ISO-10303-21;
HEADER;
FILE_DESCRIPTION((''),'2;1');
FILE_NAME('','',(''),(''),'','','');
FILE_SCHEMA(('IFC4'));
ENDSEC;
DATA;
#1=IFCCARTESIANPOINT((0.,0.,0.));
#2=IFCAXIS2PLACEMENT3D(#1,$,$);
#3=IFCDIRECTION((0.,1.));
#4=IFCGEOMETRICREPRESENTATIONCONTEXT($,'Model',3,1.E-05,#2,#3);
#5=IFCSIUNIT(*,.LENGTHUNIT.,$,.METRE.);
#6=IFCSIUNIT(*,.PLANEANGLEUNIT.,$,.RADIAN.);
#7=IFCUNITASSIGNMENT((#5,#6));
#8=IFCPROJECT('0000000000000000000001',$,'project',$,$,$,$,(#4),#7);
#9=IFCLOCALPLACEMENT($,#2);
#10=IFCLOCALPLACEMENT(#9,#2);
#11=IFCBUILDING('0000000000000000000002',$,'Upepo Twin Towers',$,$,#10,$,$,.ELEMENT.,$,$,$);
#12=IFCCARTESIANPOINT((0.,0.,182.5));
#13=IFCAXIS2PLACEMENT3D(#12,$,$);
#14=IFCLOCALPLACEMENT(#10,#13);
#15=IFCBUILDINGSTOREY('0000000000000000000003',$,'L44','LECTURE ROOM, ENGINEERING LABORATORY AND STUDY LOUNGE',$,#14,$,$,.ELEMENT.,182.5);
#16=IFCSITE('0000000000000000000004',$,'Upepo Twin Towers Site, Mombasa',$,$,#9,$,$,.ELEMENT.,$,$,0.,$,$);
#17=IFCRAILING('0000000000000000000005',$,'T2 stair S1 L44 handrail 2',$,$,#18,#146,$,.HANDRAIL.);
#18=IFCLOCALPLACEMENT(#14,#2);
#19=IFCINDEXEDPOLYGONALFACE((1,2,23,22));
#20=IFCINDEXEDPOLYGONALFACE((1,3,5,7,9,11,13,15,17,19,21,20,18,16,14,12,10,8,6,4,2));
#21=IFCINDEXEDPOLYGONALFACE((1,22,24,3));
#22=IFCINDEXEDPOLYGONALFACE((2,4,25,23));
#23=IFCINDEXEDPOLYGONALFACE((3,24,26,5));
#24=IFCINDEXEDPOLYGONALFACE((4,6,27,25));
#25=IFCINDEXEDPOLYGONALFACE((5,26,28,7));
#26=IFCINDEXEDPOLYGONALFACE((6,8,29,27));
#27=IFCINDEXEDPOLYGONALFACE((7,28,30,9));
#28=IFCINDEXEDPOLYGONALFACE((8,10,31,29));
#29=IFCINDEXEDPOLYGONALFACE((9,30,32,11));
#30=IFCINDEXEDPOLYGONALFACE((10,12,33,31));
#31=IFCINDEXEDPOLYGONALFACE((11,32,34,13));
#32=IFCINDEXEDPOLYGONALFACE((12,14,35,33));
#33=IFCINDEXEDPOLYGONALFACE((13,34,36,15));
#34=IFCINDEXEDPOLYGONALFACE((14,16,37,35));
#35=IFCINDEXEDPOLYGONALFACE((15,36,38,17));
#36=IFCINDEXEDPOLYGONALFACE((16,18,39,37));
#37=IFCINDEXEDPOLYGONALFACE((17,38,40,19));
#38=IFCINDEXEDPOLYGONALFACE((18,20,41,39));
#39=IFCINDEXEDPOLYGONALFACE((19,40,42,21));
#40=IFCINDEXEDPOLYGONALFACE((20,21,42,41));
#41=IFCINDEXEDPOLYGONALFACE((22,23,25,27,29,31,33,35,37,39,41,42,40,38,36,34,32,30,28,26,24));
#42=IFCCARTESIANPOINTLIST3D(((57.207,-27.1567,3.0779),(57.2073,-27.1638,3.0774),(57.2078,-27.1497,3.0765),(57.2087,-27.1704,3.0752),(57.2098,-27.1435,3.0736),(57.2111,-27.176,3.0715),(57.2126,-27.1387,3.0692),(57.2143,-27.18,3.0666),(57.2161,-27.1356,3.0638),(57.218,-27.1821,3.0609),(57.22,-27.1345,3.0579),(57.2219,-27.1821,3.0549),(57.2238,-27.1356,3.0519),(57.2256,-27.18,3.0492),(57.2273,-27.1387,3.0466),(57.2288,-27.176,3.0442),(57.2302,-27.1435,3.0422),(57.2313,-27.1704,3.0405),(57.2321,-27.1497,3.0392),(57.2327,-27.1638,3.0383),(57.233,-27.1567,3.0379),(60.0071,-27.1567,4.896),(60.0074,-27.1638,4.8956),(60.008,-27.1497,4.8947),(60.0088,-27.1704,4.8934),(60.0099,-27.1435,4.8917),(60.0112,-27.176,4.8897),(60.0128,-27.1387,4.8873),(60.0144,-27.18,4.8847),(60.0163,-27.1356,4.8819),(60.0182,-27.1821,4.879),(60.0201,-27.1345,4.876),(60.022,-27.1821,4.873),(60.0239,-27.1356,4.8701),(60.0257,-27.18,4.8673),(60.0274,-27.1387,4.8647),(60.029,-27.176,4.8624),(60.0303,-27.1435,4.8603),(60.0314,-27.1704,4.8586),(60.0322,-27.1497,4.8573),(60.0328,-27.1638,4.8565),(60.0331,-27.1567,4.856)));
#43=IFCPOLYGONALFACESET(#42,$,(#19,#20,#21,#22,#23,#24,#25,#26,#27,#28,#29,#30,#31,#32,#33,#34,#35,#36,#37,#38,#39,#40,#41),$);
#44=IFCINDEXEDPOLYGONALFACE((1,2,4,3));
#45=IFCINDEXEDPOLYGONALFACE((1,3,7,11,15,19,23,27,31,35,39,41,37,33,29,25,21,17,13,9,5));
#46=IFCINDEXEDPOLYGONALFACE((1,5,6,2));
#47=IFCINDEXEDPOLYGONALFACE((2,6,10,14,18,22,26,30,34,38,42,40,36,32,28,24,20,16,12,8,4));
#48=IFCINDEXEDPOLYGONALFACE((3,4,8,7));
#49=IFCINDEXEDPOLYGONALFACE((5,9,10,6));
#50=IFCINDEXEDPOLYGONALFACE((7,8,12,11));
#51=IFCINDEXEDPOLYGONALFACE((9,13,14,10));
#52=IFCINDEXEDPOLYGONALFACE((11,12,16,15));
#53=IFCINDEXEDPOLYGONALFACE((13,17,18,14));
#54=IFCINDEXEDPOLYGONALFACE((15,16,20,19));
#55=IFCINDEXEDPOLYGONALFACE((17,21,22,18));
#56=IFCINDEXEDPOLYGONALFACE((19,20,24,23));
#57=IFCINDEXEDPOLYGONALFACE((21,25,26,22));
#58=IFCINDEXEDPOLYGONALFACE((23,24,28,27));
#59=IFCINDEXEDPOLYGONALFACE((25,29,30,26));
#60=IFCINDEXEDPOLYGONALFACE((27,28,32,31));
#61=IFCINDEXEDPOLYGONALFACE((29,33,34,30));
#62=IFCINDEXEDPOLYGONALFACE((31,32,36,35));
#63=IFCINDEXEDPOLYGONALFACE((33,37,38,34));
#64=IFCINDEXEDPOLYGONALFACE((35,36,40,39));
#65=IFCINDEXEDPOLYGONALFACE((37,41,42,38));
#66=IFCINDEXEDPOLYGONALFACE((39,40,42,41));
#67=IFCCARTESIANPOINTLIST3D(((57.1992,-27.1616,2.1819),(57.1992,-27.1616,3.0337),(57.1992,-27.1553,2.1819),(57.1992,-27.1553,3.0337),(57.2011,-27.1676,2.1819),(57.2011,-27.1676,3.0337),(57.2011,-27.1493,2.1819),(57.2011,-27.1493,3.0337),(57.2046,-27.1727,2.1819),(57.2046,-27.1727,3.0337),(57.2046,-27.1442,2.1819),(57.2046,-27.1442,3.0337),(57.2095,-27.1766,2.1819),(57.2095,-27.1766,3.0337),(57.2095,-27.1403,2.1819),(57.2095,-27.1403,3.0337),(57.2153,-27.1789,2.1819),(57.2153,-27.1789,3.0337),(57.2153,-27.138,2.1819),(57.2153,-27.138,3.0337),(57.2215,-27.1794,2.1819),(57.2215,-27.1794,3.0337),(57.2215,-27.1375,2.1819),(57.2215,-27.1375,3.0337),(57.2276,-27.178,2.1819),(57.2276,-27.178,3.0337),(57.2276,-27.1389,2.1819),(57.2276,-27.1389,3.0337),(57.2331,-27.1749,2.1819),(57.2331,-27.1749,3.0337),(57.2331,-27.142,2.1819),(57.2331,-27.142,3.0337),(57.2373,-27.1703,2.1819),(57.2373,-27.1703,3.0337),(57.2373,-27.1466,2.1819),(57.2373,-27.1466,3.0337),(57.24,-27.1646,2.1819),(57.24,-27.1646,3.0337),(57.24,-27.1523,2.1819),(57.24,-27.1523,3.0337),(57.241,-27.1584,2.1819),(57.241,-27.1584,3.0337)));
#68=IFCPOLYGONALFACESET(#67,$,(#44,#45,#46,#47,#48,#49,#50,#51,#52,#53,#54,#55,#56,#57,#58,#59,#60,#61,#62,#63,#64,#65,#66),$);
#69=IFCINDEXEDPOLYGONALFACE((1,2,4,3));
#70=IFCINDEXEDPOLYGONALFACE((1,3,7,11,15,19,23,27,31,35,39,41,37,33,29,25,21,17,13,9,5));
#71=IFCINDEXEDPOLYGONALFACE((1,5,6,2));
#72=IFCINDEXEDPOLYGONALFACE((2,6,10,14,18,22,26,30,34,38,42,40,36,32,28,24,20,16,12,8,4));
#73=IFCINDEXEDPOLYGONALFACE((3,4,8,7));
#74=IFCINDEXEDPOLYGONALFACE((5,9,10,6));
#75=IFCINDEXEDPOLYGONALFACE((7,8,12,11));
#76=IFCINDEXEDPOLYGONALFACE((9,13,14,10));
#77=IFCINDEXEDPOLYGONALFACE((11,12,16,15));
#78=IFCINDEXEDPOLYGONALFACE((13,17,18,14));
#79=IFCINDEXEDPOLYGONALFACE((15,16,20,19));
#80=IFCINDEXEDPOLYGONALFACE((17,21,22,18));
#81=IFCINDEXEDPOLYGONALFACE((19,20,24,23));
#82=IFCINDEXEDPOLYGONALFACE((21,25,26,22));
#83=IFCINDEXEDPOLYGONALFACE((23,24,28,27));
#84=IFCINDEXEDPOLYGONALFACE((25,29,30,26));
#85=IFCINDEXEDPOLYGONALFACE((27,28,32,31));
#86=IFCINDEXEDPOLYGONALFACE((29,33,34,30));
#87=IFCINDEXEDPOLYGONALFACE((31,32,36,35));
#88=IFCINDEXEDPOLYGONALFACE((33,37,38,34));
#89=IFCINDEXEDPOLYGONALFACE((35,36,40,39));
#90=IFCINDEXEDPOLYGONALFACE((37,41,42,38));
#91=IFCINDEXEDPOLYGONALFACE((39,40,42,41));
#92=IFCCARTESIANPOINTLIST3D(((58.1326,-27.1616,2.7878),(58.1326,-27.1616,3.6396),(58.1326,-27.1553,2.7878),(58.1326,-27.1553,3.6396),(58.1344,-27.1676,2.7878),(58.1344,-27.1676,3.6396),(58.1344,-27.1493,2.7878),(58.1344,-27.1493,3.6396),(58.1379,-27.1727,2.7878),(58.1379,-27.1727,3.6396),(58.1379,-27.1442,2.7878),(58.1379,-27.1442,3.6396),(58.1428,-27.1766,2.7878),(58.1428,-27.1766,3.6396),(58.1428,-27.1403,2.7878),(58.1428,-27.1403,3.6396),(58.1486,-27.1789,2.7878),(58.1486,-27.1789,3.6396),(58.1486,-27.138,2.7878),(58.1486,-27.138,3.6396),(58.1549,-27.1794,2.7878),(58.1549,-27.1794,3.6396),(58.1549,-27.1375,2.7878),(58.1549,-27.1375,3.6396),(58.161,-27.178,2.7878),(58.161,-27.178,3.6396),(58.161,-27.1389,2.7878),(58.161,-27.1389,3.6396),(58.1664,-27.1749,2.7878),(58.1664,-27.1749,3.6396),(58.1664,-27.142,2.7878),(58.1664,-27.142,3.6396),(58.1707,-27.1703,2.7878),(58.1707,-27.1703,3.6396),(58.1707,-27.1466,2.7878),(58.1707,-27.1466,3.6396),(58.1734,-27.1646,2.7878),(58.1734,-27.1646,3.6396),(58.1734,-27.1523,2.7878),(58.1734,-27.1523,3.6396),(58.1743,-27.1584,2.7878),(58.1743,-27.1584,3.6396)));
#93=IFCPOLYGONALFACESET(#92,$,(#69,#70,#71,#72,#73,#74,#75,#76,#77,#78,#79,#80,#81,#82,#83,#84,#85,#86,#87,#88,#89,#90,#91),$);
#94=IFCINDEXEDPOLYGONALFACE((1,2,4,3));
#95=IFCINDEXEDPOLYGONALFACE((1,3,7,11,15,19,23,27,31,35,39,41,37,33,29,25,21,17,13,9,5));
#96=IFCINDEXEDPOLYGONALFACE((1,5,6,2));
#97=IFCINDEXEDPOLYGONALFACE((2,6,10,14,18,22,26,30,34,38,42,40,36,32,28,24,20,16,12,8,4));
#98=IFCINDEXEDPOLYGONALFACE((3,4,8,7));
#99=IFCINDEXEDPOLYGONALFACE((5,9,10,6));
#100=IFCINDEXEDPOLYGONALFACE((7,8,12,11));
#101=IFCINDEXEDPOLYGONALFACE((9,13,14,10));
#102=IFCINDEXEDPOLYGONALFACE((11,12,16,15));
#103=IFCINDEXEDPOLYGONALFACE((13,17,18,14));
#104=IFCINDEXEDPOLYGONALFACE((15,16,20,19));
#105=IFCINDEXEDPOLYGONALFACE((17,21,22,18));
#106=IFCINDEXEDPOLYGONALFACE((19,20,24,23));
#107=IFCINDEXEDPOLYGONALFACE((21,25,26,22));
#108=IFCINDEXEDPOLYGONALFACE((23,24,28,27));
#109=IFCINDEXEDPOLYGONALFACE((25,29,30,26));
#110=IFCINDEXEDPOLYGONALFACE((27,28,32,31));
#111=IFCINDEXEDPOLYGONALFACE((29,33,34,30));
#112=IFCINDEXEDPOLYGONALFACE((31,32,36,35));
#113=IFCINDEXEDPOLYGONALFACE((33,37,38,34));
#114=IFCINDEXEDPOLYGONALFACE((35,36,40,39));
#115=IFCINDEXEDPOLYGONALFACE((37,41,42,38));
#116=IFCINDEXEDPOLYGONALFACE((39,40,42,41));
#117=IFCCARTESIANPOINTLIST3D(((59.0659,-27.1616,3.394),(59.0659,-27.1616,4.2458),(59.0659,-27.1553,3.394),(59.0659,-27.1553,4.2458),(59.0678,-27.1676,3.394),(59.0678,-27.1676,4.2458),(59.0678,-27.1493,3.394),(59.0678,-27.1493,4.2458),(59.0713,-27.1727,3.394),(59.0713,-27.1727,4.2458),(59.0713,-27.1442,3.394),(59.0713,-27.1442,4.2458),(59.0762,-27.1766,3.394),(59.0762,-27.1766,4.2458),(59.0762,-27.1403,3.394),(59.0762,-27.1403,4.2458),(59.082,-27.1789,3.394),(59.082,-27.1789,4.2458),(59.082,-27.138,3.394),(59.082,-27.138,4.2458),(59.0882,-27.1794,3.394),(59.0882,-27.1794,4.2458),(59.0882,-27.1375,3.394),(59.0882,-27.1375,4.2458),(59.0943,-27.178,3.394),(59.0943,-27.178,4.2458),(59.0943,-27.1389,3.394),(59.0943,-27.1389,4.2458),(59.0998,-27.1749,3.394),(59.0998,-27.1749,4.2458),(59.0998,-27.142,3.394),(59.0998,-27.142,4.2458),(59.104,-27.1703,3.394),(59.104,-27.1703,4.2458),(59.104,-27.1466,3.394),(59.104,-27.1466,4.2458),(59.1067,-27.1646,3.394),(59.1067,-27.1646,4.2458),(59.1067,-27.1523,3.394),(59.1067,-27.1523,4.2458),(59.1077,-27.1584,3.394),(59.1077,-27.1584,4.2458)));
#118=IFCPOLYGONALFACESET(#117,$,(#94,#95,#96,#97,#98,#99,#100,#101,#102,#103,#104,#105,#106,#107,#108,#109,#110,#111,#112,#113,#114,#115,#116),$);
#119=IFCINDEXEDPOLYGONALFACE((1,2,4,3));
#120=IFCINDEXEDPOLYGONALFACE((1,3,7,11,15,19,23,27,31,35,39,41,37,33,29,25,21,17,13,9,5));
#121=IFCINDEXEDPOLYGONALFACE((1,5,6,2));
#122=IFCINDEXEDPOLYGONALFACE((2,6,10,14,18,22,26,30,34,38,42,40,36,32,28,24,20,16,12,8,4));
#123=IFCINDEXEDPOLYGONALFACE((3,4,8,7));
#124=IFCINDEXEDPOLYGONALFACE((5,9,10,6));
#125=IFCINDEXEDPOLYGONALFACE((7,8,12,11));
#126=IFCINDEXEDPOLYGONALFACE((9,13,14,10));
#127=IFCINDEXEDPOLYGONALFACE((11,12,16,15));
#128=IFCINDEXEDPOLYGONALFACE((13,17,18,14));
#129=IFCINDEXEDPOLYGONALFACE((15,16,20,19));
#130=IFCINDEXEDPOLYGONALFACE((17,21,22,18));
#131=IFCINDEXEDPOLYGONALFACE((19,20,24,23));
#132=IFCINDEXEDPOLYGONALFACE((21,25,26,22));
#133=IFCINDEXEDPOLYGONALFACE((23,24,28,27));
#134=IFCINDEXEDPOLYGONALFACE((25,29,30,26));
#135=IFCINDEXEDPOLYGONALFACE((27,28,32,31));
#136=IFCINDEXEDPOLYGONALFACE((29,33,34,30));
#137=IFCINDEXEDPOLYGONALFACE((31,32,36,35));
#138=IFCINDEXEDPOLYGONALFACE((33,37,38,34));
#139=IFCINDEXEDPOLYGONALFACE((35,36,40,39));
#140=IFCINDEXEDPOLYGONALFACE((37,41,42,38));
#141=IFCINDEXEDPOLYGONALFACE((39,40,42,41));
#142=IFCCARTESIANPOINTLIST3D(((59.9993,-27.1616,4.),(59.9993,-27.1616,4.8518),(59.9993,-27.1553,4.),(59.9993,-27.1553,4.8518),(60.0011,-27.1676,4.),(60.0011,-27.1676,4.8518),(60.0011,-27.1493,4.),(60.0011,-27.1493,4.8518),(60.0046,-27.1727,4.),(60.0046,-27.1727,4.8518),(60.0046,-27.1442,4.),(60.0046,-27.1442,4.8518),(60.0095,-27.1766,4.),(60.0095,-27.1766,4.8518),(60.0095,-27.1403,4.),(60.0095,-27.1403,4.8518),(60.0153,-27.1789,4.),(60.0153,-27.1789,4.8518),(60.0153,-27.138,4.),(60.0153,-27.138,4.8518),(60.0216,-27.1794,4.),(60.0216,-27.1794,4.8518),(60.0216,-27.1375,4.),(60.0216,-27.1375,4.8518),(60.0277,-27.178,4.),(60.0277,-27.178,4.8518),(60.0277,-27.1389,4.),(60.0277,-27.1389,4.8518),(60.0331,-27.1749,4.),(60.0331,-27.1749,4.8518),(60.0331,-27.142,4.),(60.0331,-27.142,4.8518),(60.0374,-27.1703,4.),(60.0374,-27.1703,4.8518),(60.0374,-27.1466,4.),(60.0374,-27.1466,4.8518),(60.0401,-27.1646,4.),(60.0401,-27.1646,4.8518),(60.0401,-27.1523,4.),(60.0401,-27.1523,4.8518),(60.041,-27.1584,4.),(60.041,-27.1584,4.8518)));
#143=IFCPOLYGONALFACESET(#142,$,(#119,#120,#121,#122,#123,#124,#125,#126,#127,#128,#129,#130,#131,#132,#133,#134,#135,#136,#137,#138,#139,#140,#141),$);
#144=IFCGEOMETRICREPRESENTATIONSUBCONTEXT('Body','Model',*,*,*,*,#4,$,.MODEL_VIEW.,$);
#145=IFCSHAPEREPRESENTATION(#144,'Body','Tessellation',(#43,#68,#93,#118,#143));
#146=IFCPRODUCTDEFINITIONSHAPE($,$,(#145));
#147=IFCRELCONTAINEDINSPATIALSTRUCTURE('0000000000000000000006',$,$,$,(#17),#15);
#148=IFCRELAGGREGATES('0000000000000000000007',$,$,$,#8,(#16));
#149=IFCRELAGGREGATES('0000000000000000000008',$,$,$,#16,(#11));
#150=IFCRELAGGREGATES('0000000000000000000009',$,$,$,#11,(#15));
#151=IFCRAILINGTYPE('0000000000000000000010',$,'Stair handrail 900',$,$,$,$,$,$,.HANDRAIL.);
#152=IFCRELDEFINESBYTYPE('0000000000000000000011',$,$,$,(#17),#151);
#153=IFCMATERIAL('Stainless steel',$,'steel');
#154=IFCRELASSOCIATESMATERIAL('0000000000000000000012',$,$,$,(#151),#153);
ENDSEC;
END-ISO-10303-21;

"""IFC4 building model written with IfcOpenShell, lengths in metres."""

from ifc_helpers import new_model, si_unit, direction, frame, origin, origin_2d, place, context, subcontext, project, spatial, circle, extrude, material, type_object, element, save


model = new_model("IFC4")

# Units and contexts
model_context = context("Model", 3, precision=1e-05, world=origin(), true_north=direction((0.0, 1.0)))
body_context = subcontext(model_context, "Body", "Model", "MODEL_VIEW")
ifc_project = project(units=[si_unit("LENGTHUNIT", "METRE"), si_unit("PLANEANGLEUNIT", "RADIAN")], contexts=[model_context])

# Site, building, storey
site_placement = place(None, origin())
site = spatial("IfcSite", under=ifc_project, at=site_placement, Name="Upepo Twin Towers Site, Mombasa", CompositionType="ELEMENT", RefElevation=0.0)
building_placement = place(site_placement, origin())
building = spatial("IfcBuilding", under=site, at=building_placement, Name="Upepo Twin Towers", CompositionType="ELEMENT")
storey_placement = place(building_placement, frame((0.0, 0.0, 182.5)))
storey = spatial("IfcBuildingStorey", under=building, at=storey_placement, Name="L44", Description="LECTURE ROOM, ENGINEERING LABORATORY AND STUDY LOUNGE", CompositionType="ELEMENT", Elevation=182.5)

# Railing
ifc_material_1 = material(Name="Stainless steel", Category="steel")
railing_type = type_object("IfcRailingType", Name="Stair handrail 900", PredefinedType="HANDRAIL", material=ifc_material_1)
railing_1_placement = place(storey_placement, frame((57.22, -27.1584, 2.1819)))
element("IfcRailing", 1, at=railing_1_placement, inside=storey, type_object=railing_type, Name="T2 stair S1 L44 handrail 2", PredefinedType="HANDRAIL", context=body_context, shape_type="SweptSolid", body=[
    extrude(circle(Radius=0.0239, at=origin_2d()), frame((0.0, 0.0, 0.876), z_axis=(0.838706, 0.0, 0.544585), x_axis=(0.0, 1.0, 0.0)), (0.0, 0.0, 1.0), 3.3386),
    extrude(circle(Radius=0.021, at=origin_2d()), origin(), (0.0, 0.0, 1.0), 0.8518),
    extrude(circle(Radius=0.021, at=origin_2d()), frame((0.9333, 0.0, 0.606)), (0.0, 0.0, 1.0), 0.8518),
    extrude(circle(Radius=0.021, at=origin_2d()), frame((1.8667, 0.0, 1.2122)), (0.0, 0.0, 1.0), 0.8518),
    extrude(circle(Radius=0.021, at=origin_2d()), frame((2.8, 0.0, 1.8181)), (0.0, 0.0, 1.0), 0.8518),
])

save(model, "model.ifc")
